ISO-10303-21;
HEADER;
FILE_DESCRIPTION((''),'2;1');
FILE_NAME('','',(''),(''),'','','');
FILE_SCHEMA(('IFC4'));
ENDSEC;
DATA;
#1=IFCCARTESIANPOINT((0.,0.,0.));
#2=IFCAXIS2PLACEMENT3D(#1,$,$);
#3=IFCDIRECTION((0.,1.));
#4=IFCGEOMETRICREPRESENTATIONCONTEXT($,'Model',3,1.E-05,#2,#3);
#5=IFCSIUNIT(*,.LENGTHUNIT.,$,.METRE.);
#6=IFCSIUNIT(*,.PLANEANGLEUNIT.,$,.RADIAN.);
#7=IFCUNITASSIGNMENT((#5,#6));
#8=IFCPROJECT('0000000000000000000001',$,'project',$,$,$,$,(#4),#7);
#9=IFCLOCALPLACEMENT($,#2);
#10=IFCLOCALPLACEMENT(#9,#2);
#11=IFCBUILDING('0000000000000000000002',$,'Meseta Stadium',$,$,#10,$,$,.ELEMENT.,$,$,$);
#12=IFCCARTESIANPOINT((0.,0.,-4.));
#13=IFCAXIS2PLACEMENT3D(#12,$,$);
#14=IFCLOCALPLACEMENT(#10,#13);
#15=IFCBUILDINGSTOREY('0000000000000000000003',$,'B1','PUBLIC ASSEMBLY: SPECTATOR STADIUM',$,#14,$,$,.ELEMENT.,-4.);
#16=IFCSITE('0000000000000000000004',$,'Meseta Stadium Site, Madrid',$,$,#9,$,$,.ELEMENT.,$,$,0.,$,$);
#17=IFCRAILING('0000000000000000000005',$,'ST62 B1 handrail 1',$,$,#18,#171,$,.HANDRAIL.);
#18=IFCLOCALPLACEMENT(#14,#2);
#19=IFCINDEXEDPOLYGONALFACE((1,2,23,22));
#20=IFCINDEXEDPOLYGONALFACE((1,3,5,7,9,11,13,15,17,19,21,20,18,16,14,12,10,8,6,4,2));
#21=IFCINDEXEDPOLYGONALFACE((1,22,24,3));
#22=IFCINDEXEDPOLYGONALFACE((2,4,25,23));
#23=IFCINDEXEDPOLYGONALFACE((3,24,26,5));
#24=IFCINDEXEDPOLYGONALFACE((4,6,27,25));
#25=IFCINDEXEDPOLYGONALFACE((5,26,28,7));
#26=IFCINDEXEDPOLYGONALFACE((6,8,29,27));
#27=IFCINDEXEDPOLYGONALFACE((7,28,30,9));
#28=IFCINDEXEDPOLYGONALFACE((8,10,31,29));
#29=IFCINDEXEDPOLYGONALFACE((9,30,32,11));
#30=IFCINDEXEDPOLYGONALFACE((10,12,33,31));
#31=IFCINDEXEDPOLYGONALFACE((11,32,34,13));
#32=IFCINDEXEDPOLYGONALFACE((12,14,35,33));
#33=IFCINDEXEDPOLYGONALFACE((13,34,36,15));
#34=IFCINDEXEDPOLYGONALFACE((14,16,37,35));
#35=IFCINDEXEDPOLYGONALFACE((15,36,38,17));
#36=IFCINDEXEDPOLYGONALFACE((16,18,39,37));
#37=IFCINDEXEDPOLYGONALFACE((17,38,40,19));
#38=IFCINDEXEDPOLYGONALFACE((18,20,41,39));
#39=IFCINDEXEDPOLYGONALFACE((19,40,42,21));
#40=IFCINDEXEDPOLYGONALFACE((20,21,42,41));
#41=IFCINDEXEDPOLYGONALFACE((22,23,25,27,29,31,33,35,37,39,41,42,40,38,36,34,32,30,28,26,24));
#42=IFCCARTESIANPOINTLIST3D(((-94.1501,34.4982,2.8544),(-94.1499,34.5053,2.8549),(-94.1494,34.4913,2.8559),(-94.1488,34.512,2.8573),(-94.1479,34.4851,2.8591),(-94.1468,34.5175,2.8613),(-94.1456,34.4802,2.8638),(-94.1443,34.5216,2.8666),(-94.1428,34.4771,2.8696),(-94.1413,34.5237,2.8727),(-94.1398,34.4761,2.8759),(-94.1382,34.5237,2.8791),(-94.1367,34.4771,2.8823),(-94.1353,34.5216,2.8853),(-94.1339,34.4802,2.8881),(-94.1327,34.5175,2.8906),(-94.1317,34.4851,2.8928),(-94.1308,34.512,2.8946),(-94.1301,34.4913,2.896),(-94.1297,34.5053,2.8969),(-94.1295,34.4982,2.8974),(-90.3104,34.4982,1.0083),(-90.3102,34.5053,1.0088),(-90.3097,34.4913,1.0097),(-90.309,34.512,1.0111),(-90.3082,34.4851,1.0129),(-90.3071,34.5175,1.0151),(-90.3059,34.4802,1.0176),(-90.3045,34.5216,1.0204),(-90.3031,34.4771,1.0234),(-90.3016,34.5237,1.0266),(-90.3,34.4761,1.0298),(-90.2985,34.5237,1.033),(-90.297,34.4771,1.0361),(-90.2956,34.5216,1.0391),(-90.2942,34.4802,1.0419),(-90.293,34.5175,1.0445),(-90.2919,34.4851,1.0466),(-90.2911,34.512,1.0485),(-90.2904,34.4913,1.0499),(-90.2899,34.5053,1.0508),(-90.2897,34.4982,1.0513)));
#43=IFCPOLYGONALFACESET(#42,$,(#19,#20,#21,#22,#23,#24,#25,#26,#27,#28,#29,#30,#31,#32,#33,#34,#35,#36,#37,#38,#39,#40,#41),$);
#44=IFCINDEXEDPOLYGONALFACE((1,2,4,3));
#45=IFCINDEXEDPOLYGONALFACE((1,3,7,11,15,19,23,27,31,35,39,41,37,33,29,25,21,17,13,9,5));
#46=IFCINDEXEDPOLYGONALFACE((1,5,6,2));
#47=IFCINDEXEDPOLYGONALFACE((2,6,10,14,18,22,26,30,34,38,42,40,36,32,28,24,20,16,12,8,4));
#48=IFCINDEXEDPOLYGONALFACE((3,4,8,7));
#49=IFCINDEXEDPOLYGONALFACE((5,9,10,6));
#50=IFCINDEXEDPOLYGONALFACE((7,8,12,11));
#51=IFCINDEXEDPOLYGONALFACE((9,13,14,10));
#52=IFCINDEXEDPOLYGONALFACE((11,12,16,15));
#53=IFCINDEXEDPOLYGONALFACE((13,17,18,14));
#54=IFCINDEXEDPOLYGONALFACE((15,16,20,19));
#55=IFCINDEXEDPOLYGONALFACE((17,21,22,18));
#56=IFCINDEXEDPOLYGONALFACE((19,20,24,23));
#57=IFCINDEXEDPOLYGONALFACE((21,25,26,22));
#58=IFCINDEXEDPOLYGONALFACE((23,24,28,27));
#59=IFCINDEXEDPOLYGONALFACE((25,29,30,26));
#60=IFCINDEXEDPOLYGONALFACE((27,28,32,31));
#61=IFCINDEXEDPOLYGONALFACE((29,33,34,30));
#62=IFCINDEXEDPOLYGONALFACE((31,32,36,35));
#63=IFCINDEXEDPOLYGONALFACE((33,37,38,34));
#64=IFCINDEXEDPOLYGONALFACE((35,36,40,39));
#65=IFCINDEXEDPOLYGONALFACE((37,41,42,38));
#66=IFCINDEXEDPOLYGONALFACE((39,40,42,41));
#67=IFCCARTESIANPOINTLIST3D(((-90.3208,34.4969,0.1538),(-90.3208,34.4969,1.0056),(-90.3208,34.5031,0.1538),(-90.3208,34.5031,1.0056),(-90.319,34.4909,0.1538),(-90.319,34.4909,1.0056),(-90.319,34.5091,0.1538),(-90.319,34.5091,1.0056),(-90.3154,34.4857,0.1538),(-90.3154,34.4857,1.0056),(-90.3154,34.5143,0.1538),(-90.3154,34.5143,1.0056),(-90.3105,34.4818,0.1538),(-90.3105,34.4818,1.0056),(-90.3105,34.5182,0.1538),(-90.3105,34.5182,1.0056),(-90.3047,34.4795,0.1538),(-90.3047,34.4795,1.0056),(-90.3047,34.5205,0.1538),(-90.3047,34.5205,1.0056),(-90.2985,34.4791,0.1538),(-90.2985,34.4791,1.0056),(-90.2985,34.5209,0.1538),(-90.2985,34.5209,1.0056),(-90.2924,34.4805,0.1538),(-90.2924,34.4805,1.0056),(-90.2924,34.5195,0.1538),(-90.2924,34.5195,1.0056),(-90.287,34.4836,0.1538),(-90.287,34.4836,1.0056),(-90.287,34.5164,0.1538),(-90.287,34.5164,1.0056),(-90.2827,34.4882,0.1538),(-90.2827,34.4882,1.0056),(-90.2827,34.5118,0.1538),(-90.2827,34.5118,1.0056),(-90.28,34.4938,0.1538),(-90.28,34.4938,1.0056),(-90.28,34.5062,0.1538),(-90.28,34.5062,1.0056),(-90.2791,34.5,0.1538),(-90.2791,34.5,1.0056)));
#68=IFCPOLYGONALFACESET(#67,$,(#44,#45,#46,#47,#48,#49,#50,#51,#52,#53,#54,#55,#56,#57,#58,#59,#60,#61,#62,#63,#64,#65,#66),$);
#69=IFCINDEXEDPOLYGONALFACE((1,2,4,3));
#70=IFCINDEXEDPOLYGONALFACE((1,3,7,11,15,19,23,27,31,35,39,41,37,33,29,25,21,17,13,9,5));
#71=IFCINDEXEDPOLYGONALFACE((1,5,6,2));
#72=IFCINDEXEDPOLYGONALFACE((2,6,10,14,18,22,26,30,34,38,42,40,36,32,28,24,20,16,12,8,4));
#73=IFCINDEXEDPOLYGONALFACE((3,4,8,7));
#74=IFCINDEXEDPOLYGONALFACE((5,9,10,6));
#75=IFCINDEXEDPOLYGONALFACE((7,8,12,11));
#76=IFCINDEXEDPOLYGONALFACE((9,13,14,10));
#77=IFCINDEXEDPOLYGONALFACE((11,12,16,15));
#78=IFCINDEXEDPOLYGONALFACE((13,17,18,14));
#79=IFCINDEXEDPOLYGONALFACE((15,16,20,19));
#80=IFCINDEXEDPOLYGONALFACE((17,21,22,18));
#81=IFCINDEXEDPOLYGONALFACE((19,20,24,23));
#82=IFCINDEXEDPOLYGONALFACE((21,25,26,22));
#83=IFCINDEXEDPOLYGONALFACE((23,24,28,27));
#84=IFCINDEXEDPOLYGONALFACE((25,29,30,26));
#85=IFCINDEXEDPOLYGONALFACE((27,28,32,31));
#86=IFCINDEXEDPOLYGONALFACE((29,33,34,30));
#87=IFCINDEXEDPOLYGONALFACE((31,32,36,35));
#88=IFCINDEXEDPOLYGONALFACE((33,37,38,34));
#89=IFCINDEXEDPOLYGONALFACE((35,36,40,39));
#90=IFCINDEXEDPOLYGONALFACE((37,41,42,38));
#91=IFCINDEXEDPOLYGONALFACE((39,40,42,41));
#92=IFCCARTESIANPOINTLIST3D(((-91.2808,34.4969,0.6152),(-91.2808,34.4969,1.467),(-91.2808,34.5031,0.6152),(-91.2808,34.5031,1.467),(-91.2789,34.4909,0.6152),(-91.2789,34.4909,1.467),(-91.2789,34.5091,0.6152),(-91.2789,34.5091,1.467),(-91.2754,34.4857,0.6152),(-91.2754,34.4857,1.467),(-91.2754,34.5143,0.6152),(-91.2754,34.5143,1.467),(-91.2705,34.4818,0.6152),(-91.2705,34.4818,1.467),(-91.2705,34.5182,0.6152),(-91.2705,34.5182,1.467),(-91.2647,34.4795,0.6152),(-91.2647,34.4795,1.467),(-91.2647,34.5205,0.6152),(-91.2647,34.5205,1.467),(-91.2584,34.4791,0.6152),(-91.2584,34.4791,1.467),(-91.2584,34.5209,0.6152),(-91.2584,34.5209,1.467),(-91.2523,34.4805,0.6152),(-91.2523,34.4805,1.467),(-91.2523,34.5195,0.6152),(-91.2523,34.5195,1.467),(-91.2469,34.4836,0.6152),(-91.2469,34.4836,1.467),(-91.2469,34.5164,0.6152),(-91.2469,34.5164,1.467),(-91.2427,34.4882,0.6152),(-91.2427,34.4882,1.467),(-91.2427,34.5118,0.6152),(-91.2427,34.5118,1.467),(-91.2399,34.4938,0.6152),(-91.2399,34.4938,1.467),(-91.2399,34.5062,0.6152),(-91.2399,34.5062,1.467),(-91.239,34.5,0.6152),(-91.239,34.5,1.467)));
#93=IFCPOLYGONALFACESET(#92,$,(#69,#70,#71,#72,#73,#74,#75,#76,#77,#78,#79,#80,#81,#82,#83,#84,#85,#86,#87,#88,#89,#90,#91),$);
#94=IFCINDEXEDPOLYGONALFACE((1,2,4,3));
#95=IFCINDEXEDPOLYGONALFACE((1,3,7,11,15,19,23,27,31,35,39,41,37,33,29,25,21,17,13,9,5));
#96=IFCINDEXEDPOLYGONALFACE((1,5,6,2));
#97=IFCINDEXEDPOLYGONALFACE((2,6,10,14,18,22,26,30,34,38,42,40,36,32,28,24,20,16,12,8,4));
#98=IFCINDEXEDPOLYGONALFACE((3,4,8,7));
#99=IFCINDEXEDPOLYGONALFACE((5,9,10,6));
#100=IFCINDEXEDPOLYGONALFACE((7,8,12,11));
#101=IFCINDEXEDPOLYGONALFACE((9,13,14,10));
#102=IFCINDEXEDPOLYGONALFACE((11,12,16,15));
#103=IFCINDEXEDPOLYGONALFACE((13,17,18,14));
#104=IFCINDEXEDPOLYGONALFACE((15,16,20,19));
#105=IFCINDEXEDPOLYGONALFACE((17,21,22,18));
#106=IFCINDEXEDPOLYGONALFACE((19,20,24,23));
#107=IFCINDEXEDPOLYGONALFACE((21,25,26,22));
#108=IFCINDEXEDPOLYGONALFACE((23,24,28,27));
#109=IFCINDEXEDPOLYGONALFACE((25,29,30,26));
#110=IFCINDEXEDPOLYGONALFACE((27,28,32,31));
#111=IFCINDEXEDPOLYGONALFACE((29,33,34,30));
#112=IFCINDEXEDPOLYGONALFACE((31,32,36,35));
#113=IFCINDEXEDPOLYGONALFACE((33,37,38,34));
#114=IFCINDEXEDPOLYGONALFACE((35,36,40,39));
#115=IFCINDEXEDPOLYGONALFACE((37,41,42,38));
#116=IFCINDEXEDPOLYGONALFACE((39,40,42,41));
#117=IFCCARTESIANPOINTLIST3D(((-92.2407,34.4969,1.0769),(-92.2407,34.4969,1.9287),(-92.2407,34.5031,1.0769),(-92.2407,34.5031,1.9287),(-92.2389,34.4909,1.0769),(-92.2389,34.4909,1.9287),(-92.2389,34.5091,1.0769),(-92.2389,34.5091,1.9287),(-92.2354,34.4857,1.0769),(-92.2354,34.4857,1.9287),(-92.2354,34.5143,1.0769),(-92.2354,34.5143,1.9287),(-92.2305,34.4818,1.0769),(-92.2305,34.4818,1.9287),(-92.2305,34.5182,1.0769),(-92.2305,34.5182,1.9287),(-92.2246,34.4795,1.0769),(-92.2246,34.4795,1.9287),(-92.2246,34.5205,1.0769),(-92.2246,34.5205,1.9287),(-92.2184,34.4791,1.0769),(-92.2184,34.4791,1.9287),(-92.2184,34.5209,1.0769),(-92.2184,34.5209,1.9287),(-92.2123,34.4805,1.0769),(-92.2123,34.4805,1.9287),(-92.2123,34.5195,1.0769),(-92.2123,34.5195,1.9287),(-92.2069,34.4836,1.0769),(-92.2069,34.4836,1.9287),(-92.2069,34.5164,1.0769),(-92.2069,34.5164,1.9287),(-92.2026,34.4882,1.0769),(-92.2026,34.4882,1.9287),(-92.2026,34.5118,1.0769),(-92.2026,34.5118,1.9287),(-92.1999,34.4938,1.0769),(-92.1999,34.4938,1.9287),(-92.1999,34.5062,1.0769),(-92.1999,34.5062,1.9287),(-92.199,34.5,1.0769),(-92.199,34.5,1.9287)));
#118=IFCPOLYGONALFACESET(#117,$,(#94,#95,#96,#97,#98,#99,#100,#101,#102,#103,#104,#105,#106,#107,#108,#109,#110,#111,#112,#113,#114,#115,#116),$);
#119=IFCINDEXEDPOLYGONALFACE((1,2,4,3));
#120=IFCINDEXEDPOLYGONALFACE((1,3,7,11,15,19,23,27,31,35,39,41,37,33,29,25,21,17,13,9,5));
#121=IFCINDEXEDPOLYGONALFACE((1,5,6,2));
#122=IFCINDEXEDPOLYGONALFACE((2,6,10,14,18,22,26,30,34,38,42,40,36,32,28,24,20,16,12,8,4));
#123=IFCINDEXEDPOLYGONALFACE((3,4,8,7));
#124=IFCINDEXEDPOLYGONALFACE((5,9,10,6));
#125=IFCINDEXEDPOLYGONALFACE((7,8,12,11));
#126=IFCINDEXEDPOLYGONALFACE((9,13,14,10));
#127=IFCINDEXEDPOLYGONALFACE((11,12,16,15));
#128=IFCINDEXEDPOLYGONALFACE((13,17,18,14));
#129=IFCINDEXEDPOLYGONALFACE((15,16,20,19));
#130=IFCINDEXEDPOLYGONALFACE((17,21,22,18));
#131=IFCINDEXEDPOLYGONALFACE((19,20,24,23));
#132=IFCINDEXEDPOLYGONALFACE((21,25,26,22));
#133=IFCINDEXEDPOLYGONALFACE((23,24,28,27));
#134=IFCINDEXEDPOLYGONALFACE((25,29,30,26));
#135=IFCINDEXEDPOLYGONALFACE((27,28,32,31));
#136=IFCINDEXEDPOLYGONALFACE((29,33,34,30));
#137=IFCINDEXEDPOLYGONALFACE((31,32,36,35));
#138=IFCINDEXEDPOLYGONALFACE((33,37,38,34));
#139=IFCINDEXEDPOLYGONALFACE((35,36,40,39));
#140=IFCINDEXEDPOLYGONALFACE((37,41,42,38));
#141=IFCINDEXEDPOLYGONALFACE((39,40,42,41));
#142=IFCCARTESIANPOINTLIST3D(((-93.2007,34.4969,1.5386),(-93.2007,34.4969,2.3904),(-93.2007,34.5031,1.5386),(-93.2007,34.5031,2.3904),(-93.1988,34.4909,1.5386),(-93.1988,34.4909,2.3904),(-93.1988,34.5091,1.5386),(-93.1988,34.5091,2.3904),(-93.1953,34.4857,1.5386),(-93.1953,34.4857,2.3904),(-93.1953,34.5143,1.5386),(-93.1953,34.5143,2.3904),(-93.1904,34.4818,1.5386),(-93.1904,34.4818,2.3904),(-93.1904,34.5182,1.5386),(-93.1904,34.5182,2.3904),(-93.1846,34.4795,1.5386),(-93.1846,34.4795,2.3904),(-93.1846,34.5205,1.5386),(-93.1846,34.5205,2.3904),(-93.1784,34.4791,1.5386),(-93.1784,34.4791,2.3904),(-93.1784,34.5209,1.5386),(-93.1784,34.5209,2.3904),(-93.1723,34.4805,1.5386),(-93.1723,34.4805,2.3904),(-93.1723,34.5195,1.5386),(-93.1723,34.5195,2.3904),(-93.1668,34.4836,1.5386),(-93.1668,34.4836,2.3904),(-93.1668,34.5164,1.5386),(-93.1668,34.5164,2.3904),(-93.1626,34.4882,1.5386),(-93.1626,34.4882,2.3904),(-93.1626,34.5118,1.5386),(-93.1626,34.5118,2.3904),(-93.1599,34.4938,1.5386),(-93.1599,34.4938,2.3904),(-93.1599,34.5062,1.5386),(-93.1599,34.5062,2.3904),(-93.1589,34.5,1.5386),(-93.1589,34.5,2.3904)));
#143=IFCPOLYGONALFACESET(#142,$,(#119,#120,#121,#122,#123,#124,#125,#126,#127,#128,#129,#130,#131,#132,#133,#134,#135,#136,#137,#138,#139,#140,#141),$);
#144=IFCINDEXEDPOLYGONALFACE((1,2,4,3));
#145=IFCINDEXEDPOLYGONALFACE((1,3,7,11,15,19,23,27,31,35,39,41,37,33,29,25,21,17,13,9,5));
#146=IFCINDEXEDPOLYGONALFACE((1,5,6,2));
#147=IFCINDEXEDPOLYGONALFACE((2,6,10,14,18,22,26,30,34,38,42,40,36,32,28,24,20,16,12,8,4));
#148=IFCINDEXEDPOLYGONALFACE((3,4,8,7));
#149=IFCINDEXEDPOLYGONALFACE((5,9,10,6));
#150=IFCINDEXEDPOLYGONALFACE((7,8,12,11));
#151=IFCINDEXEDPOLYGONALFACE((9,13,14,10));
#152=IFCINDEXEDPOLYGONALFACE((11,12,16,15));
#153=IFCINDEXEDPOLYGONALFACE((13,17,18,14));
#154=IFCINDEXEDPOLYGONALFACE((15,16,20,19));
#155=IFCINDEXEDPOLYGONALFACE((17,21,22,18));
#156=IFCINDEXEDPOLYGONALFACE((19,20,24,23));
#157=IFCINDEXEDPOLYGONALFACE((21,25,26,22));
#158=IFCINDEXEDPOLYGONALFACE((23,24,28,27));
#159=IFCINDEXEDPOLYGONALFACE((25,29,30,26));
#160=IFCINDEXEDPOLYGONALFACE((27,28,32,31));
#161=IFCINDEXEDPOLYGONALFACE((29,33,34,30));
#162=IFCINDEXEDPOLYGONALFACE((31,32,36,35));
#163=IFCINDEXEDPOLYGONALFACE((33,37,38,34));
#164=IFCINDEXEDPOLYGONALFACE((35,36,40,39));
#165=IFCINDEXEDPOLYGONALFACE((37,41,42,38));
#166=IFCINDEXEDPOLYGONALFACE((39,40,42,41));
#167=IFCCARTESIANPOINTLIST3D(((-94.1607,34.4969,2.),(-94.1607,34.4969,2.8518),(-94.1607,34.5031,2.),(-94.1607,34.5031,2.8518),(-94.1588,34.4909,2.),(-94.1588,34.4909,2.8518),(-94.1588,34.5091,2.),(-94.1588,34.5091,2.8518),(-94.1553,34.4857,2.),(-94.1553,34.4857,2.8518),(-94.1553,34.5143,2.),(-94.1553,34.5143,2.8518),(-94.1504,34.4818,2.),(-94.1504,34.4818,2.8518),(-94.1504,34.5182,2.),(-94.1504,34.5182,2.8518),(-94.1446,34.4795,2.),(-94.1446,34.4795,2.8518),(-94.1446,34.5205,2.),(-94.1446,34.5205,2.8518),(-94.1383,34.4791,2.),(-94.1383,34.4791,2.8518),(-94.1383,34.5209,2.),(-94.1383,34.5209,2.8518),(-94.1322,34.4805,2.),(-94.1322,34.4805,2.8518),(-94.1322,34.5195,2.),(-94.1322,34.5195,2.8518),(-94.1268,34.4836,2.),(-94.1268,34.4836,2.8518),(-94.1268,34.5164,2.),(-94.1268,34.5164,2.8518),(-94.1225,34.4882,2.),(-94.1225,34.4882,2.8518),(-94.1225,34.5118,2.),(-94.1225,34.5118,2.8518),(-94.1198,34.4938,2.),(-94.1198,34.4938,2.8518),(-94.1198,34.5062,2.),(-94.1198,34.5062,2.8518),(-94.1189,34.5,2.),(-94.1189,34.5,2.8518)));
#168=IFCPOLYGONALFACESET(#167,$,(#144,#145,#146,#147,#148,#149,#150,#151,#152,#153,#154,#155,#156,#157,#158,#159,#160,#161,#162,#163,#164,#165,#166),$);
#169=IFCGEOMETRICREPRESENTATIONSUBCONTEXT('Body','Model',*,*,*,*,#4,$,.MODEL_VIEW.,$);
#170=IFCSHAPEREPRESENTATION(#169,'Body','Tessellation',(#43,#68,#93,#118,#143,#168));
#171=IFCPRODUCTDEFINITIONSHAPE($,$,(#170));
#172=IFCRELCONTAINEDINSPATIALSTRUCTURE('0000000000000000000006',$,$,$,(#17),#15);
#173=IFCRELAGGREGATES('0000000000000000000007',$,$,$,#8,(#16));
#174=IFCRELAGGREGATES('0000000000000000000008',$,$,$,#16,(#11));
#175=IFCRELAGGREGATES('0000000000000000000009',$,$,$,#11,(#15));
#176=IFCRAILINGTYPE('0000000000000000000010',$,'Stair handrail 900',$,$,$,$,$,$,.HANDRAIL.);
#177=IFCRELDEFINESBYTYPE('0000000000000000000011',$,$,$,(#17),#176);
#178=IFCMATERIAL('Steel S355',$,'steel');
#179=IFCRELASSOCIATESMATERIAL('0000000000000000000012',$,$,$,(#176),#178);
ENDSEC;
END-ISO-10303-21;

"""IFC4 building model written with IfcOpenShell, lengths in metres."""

from ifc_helpers import new_model, si_unit, direction, frame, origin, origin_2d, place, context, subcontext, project, spatial, circle, extrude, material, type_object, element, save


model = new_model("IFC4")

# Units and contexts
model_context = context("Model", 3, precision=1e-05, world=origin(), true_north=direction((0.0, 1.0)))
body_context = subcontext(model_context, "Body", "Model", "MODEL_VIEW")
ifc_project = project(units=[si_unit("LENGTHUNIT", "METRE"), si_unit("PLANEANGLEUNIT", "RADIAN")], contexts=[model_context])

# Site, building, storey
site_placement = place(None, origin())
site = spatial("IfcSite", under=ifc_project, at=site_placement, Name="Meseta Stadium Site, Madrid", CompositionType="ELEMENT", RefElevation=0.0)
building_placement = place(site_placement, origin())
building = spatial("IfcBuilding", under=site, at=building_placement, Name="Meseta Stadium", CompositionType="ELEMENT")
storey_placement = place(building_placement, frame((0.0, 0.0, -4.0)))
storey = spatial("IfcBuildingStorey", under=building, at=storey_placement, Name="B1", Description="PUBLIC ASSEMBLY: SPECTATOR STADIUM", CompositionType="ELEMENT", Elevation=-4.0)

# Railing
ifc_material_1 = material(Name="Steel S355", Category="steel")
railing_type_1 = type_object("IfcRailingType", Name="Stair handrail 900", PredefinedType="HANDRAIL", material=ifc_material_1)
for number, where, name in (
    (1, (-90.3, 34.5, 0.1538), "ST62 B1 handrail 1"),
):
    element("IfcRailing", number, at=place(storey_placement, frame(where)), inside=storey, type_object=railing_type_1, Name=name, PredefinedType="HANDRAIL", context=body_context, shape_type="SweptSolid", body=[
        extrude(circle(Radius=0.0239, at=origin_2d()), frame((0.0, 0.0, 0.876), z_axis=(-0.901242, 0.0, 0.433316), x_axis=(0.0, -1.0, 0.0)), (0.0, 0.0, 1.0), 4.2605),
        extrude(circle(Radius=0.021, at=origin_2d()), origin(), (0.0, 0.0, 1.0), 0.8518),
        extrude(circle(Radius=0.021, at=origin_2d()), frame((-0.96, 0.0, 0.4614)), (0.0, 0.0, 1.0), 0.8518),
        extrude(circle(Radius=0.021, at=origin_2d()), frame((-1.9199, 0.0, 0.9231)), (0.0, 0.0, 1.0), 0.8518),
        extrude(circle(Radius=0.021, at=origin_2d()), frame((-2.8799, 0.0, 1.3848)), (0.0, 0.0, 1.0), 0.8518),
        extrude(circle(Radius=0.021, at=origin_2d()), frame((-3.8398, 0.0, 1.8462)), (0.0, 0.0, 1.0), 0.8518),
    ])

save(model, "model.ifc")
